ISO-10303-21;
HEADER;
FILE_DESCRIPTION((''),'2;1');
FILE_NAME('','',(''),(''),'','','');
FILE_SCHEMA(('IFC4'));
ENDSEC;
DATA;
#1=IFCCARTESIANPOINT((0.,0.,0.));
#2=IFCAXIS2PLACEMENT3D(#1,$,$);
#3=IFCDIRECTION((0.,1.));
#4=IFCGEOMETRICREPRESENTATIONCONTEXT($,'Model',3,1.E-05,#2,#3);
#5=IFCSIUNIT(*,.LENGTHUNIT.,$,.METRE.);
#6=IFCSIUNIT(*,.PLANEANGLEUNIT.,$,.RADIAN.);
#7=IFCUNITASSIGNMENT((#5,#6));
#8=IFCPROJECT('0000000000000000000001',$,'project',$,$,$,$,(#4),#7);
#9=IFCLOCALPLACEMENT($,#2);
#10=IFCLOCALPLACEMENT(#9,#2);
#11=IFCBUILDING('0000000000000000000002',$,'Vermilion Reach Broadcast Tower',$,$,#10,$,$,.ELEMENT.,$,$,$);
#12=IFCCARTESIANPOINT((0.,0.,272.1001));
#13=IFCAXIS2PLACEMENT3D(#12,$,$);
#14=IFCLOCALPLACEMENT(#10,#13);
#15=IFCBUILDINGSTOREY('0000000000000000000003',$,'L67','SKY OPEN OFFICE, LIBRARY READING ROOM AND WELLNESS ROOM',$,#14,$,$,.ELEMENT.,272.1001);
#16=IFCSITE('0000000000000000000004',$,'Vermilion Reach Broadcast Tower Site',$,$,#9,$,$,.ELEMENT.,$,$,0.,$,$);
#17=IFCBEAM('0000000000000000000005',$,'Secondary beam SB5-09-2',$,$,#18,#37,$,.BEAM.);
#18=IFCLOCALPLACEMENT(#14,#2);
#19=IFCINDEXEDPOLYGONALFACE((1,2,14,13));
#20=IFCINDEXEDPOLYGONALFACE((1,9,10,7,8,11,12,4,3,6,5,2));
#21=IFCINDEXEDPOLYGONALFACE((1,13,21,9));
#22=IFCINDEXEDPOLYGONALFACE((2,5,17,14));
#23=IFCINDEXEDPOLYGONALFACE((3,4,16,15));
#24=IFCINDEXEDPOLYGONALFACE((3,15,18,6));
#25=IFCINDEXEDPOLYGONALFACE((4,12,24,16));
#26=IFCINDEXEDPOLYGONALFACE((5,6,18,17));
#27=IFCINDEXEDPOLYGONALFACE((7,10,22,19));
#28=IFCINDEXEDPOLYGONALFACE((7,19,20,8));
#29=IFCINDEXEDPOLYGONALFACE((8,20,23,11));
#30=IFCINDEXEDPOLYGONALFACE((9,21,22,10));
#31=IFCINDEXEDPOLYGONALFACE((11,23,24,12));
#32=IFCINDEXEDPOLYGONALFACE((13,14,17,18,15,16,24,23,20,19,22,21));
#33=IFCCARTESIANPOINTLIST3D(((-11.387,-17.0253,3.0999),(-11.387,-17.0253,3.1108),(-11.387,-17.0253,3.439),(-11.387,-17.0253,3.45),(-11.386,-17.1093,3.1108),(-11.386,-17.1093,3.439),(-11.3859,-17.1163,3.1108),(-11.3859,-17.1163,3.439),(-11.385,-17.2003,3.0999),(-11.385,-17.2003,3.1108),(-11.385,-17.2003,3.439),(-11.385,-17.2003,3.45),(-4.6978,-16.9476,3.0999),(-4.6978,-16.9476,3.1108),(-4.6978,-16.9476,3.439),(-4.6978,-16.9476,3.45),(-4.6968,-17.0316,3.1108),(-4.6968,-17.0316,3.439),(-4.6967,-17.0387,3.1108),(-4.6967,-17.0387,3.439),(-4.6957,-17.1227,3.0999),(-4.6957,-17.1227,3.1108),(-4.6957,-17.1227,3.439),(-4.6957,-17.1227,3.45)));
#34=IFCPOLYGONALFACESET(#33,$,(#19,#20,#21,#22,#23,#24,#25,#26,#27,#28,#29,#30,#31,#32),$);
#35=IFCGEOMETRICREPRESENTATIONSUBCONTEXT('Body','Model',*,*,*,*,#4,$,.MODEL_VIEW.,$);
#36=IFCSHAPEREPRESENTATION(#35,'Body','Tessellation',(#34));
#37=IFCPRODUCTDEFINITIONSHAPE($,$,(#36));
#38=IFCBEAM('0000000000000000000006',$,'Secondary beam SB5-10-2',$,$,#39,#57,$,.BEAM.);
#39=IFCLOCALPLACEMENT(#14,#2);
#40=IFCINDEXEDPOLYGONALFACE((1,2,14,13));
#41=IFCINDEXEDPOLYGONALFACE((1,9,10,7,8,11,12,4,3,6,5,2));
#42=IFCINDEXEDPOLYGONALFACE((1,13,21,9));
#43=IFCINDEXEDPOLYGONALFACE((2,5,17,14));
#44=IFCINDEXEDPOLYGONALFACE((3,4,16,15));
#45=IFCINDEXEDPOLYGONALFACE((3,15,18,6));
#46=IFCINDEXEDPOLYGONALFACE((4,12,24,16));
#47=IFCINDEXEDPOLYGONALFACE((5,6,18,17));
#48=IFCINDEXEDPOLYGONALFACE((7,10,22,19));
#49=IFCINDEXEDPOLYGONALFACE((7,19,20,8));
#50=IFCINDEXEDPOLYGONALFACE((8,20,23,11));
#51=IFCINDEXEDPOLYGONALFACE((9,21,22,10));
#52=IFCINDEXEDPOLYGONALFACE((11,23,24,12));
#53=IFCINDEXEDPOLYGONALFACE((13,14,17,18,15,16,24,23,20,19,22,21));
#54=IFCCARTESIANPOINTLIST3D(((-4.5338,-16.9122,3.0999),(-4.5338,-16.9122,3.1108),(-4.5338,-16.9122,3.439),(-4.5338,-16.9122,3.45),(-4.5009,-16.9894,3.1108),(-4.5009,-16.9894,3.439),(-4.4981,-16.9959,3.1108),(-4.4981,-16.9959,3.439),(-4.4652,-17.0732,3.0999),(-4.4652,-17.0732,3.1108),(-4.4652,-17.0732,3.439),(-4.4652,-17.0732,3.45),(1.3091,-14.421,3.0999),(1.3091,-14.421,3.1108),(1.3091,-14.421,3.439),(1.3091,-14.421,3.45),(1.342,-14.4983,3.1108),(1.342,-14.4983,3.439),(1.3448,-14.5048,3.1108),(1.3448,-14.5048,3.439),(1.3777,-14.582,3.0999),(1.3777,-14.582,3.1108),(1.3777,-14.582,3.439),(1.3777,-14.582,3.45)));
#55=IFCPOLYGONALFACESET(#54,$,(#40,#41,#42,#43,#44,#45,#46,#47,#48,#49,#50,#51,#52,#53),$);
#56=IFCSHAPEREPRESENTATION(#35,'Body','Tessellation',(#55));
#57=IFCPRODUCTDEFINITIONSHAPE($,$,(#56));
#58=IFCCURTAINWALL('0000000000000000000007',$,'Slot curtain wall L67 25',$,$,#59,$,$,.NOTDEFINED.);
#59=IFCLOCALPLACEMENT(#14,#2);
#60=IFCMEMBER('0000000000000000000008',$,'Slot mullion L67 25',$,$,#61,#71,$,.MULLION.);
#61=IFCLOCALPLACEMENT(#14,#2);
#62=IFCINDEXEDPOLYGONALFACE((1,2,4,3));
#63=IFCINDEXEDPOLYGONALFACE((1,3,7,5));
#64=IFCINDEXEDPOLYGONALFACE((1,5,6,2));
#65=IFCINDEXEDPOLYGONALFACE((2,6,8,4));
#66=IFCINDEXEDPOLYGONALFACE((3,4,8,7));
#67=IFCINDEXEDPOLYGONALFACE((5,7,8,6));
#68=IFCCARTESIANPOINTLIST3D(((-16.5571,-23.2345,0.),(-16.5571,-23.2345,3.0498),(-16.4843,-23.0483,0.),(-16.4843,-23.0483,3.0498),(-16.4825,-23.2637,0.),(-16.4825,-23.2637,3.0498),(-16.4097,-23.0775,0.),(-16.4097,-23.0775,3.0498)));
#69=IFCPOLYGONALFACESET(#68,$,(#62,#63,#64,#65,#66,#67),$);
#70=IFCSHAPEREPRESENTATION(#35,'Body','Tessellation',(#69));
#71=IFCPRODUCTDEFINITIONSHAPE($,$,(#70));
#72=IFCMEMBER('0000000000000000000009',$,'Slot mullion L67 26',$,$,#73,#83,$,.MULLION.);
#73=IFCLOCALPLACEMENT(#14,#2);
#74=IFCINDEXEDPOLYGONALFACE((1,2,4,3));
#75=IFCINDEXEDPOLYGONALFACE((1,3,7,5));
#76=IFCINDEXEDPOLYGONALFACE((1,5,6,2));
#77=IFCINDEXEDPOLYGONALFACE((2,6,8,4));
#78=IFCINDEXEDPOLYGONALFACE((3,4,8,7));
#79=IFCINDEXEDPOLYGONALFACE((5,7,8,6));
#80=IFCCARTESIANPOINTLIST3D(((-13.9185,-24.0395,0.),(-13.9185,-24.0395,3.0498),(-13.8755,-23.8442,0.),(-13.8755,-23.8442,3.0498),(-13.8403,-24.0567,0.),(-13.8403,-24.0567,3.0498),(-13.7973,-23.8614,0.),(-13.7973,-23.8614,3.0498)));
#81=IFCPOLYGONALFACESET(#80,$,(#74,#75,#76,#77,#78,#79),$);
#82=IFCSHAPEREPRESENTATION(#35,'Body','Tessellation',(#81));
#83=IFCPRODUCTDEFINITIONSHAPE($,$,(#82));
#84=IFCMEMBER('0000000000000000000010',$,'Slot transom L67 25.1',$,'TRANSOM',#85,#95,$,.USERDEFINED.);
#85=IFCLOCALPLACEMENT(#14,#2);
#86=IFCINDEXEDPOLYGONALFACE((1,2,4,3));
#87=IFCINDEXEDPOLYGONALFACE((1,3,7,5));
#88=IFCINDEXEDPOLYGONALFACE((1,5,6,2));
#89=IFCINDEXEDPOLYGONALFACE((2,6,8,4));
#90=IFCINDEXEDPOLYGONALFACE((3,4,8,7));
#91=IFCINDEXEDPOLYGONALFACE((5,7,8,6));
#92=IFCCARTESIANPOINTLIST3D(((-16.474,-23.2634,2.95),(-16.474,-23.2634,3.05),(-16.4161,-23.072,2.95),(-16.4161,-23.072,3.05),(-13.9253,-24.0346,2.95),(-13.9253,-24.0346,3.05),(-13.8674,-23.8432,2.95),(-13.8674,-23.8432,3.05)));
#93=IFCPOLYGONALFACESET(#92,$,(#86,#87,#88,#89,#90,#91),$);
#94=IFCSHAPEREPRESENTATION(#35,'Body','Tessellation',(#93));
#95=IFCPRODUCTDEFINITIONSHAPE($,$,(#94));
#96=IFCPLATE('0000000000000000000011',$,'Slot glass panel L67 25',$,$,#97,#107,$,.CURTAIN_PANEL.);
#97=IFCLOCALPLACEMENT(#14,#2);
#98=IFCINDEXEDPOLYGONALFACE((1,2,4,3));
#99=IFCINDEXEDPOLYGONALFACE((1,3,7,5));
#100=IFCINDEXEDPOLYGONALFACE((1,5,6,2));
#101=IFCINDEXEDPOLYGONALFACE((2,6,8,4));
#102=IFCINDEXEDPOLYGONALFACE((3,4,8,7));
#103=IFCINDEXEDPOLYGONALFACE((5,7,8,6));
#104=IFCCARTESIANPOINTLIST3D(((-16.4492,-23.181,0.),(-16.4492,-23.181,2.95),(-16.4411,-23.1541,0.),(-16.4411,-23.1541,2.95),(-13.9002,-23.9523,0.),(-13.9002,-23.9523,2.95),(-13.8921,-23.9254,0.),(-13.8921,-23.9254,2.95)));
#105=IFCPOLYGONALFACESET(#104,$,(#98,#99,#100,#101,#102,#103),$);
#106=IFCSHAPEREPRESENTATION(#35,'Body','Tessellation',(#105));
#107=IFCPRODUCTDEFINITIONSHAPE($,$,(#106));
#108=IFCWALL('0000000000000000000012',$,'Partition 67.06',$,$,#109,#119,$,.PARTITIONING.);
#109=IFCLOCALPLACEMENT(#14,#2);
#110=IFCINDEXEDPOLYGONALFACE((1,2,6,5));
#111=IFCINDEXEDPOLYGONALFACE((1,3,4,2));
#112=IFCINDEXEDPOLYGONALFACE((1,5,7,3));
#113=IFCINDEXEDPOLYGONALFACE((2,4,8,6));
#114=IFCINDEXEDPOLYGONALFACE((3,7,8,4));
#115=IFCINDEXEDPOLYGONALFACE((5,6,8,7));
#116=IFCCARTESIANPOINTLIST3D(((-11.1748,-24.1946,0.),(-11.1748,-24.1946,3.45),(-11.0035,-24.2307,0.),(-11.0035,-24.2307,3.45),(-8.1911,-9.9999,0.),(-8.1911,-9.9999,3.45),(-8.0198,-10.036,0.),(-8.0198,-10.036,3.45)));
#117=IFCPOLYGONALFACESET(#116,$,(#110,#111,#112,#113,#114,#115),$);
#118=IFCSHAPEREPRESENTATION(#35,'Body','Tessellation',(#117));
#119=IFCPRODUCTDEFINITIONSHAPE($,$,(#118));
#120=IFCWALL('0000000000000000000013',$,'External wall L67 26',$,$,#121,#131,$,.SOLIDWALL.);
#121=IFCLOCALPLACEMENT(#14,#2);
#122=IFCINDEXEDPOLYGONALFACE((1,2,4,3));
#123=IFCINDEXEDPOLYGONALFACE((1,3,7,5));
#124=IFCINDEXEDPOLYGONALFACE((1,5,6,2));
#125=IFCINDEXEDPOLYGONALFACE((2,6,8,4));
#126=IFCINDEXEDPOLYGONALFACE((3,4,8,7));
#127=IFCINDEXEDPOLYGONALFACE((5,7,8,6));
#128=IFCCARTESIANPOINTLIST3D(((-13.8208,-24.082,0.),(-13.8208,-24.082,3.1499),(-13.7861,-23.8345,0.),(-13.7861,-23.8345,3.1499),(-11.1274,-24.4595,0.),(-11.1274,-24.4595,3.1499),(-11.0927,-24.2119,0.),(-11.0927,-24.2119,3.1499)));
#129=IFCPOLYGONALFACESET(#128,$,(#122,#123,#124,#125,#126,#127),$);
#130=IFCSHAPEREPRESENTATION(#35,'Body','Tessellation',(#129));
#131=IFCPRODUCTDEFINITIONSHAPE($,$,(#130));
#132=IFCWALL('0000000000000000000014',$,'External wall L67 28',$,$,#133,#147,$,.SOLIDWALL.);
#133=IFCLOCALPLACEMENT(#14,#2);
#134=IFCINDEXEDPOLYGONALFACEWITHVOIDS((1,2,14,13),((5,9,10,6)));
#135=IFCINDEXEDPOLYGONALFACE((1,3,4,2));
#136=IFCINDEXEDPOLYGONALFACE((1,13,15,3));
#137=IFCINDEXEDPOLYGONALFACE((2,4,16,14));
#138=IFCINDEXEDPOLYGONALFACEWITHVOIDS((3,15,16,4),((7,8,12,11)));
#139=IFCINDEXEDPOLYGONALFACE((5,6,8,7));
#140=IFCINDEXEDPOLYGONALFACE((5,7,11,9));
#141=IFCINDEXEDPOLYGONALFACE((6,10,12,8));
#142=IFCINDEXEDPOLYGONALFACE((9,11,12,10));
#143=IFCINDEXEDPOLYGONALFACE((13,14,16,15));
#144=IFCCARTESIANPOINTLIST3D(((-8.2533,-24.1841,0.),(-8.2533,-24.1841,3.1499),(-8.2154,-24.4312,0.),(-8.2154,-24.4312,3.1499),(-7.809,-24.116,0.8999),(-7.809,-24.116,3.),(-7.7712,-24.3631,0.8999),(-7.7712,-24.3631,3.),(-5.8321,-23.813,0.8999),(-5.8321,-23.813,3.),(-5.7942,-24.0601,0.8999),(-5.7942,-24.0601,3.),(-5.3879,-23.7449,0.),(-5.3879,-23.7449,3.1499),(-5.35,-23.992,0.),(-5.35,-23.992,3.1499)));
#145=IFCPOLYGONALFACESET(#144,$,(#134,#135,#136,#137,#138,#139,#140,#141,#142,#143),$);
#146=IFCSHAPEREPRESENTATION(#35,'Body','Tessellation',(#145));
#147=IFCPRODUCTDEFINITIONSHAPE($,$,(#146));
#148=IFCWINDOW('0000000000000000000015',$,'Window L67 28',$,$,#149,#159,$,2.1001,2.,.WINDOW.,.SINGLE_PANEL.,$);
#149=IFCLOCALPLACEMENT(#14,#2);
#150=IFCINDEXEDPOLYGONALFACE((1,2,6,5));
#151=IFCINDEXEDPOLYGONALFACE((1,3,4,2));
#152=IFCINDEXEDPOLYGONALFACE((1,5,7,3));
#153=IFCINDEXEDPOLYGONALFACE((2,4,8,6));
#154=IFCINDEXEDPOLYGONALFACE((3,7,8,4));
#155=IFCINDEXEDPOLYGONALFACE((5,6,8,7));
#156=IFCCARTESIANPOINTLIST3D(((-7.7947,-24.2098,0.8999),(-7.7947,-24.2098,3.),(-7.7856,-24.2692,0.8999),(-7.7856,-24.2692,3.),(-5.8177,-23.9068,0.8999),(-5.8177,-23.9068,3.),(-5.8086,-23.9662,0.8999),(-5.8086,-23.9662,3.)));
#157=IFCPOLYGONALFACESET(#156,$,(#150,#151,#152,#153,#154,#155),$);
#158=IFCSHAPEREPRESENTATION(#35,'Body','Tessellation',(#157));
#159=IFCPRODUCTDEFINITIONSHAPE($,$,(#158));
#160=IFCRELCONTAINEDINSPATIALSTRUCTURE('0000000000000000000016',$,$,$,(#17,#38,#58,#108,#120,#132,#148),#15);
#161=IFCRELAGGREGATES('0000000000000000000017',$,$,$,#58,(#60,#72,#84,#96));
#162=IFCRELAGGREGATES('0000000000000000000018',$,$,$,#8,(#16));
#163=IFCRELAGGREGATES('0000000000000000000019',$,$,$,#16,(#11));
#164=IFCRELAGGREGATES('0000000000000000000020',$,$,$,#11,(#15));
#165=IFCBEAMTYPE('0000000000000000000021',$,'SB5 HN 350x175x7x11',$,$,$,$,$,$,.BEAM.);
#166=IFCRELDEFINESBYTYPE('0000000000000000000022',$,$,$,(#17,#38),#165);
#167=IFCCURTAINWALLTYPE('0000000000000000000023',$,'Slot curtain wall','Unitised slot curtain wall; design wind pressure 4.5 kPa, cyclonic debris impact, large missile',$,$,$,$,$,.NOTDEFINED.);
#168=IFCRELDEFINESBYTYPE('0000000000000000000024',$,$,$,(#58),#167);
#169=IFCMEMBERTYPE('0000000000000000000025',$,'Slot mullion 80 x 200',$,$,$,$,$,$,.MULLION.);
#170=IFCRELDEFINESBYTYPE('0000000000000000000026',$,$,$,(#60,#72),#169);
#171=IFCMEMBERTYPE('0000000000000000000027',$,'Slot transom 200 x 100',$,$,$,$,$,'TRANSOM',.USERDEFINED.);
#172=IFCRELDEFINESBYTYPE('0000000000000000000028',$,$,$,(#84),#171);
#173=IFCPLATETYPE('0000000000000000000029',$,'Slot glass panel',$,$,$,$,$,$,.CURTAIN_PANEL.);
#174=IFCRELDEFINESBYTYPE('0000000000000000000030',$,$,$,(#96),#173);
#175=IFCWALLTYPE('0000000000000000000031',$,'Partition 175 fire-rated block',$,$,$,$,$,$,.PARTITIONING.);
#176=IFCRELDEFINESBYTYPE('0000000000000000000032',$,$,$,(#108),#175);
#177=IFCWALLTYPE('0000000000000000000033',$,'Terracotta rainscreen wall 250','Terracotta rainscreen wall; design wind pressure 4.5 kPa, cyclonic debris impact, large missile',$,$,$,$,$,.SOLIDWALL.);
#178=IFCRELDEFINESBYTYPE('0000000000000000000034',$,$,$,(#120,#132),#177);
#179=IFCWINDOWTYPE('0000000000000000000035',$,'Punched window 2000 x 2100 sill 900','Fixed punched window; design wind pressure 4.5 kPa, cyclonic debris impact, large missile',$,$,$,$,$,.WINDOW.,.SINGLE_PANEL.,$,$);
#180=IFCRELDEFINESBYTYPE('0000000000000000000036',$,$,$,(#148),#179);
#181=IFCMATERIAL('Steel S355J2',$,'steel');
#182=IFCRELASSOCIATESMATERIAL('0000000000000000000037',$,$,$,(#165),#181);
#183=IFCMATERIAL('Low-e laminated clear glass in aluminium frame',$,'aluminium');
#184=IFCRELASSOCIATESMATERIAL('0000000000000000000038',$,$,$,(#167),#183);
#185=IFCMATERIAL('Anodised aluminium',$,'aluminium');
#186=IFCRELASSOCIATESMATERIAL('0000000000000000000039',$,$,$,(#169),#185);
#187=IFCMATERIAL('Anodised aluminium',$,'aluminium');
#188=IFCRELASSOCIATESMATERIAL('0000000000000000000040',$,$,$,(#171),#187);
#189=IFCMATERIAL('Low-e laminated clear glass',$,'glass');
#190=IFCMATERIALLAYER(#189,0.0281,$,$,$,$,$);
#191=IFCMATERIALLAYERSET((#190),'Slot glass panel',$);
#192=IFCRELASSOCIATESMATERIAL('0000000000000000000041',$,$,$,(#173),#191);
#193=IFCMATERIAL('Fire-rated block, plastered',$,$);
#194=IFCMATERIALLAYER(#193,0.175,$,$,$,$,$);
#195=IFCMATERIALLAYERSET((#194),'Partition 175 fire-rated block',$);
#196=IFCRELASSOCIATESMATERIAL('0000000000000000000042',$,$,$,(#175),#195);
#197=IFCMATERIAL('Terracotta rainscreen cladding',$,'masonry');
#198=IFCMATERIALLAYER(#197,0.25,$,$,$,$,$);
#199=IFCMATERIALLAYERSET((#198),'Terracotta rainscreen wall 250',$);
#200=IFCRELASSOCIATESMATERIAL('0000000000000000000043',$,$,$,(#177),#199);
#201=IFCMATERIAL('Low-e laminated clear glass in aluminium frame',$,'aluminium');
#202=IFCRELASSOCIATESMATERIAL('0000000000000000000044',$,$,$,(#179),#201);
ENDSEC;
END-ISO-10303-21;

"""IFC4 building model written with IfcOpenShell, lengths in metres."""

from ifc_helpers import new_model, si_unit, direction, frame, frame_2d, origin, origin_2d, place, context, subcontext, project, spatial, rectangle, i_section, extrude, material, layer, layer_set, material_profile, profile_set, type_object, element, fill, aggregate, save


model = new_model("IFC4")

# Units and contexts
model_context = context("Model", 3, precision=1e-05, world=origin(), true_north=direction((0.0, 1.0)))
body_context = subcontext(model_context, "Body", "Model", "MODEL_VIEW")
ifc_project = project(units=[si_unit("LENGTHUNIT", "METRE"), si_unit("PLANEANGLEUNIT", "RADIAN")], contexts=[model_context])

# Site, building, storey
site_placement = place(None, origin())
site = spatial("IfcSite", under=ifc_project, at=site_placement, Name="Vermilion Reach Broadcast Tower Site", CompositionType="ELEMENT", RefElevation=0.0)
building_placement = place(site_placement, origin())
building = spatial("IfcBuilding", under=site, at=building_placement, Name="Vermilion Reach Broadcast Tower", CompositionType="ELEMENT")
storey_placement = place(building_placement, frame((0.0, 0.0, 272.1001)))
storey = spatial("IfcBuildingStorey", under=building, at=storey_placement, Name="L67", Description="SKY OPEN OFFICE, LIBRARY READING ROOM AND WELLNESS ROOM", CompositionType="ELEMENT", Elevation=272.1001)

# Beams
ifc_material_1 = material(Name="Steel S355J2", Category="steel")
ifc_material_profile_1 = material_profile(ifc_material_1, i_section(OverallWidth=0.175, OverallDepth=0.3501, WebThickness=0.0071, FlangeThickness=0.011, at=origin_2d()), Name="S355J2 HN 350x175x7x11")
ifc_profile_set_1 = profile_set([ifc_material_profile_1], Name="Steel S355J2")
beam_type_1 = type_object("IfcBeamType", Name="SB5 HN 350x175x7x11", PredefinedType="BEAM", material=ifc_profile_set_1)
beam_1_placement = place(storey_placement, frame((-11.386, -17.1128, 3.2749), z_axis=(0.999933, 0.011605, 0.0), x_axis=(-0.011605, 0.999933, 0.0)))
element("IfcBeam", 1, at=beam_1_placement, inside=storey, type_object=beam_type_1, Name="Secondary beam SB5-09-2", PredefinedType="BEAM", context=body_context, shape_type="SweptSolid", body=[
    extrude(i_section(OverallWidth=0.175, OverallDepth=0.3501, WebThickness=0.0071, FlangeThickness=0.011, at=origin_2d()), origin(), (0.0, 0.0, 1.0), 6.6897),
])
beam_2_placement = place(storey_placement, frame((-4.4995, -16.9927, 3.2749), z_axis=(0.919881, 0.392198, 0.0), x_axis=(-0.392198, 0.919881, 0.0)))
element("IfcBeam", 2, at=beam_2_placement, inside=storey, type_object=beam_type_1, Name="Secondary beam SB5-10-2", PredefinedType="BEAM", context=body_context, shape_type="SweptSolid", body=[
    extrude(i_section(OverallWidth=0.175, OverallDepth=0.3501, WebThickness=0.0071, FlangeThickness=0.011, at=origin_2d()), origin(), (0.0, 0.0, 1.0), 6.3518),
])

# Curtain wall, members, plate
ifc_material_2 = material(Name="Low-e laminated clear glass in aluminium frame", Category="aluminium")
curtain_wall_type = type_object("IfcCurtainWallType", Name="Slot curtain wall", Description="Unitised slot curtain wall; design wind pressure 4.5 kPa, cyclonic debris impact, large missile", PredefinedType="NOTDEFINED", material=ifc_material_2)
curtain_wall_placement = place(storey_placement, origin())
curtain_wall = element("IfcCurtainWall", 3, at=curtain_wall_placement, inside=storey, type_object=curtain_wall_type, Name="Slot curtain wall L67 25", PredefinedType="NOTDEFINED")
ifc_material_3 = material(Name="Anodised aluminium", Category="aluminium")
ifc_material_profile_2 = material_profile(ifc_material_3, rectangle(XDim=0.2, YDim=0.0801, at=origin_2d()), Name="Slot mullion 80 x 200")
ifc_profile_set_2 = profile_set([ifc_material_profile_2], Name="Anodised aluminium")
member_type_1 = type_object("IfcMemberType", Name="Slot mullion 80 x 200", PredefinedType="MULLION", material=ifc_profile_set_2)
member_1_placement = place(storey_placement, frame((-16.4834, -23.156, 0.0), z_axis=(0.0, 0.0, 1.0), x_axis=(0.364407, 0.93124, 0.0)))
member_1 = element("IfcMember", 4, at=member_1_placement, type_object=member_type_1, Name="Slot mullion L67 25", PredefinedType="MULLION", context=body_context, shape_type="SweptSolid", body=[
    extrude(rectangle(XDim=0.2, YDim=0.0801, at=origin_2d()), origin(), (0.0, 0.0, 1.0), 3.0498),
])
member_2_placement = place(storey_placement, frame((-13.8579, -23.9504, 0.0), z_axis=(0.0, 0.0, 1.0), x_axis=(0.214846, 0.976648, 0.0)))
member_2 = element("IfcMember", 5, at=member_2_placement, type_object=member_type_1, Name="Slot mullion L67 26", PredefinedType="MULLION", context=body_context, shape_type="SweptSolid", body=[
    extrude(rectangle(XDim=0.2, YDim=0.0801, at=origin_2d()), origin(), (0.0, 0.0, 1.0), 3.0498),
])
ifc_material_4 = material(Name="Anodised aluminium", Category="aluminium")
ifc_material_profile_3 = material_profile(ifc_material_4, rectangle(XDim=0.2, YDim=0.1001, at=origin_2d()), Name="Slot transom 200 x 100")
ifc_profile_set_3 = profile_set([ifc_material_profile_3], Name="Anodised aluminium")
member_type_2 = type_object("IfcMemberType", Name="Slot transom 200 x 100", ElementType="TRANSOM", PredefinedType="USERDEFINED", material=ifc_profile_set_3)
member_3_placement = place(storey_placement, frame((-16.4451, -23.1677, 3.0), z_axis=(0.957142, -0.289618, 0.0), x_axis=(0.289618, 0.957142, 0.0)))
member_3 = element("IfcMember", 6, at=member_3_placement, type_object=member_type_2, Name="Slot transom L67 25.1", ObjectType="TRANSOM", PredefinedType="USERDEFINED", context=body_context, shape_type="SweptSolid", body=[
    extrude(rectangle(XDim=0.2, YDim=0.1001, at=origin_2d()), origin(), (0.0, 0.0, 1.0), 2.6628),
])
ifc_material_5 = material(Name="Low-e laminated clear glass", Category="glass")
ifc_layer_1 = layer(ifc_material_5, 0.0281)
ifc_layer_set_1 = layer_set([ifc_layer_1], Name="Slot glass panel")
plate_type = type_object("IfcPlateType", Name="Slot glass panel", PredefinedType="CURTAIN_PANEL", material=ifc_layer_set_1)
plate_placement = place(storey_placement, frame((-15.1707, -23.5532, 0.0), z_axis=(0.0, 0.0, 1.0), x_axis=(0.957141, -0.289623, 0.0)))
plate = element("IfcPlate", 7, at=plate_placement, type_object=plate_type, Name="Slot glass panel L67 25", PredefinedType="CURTAIN_PANEL", context=body_context, shape_type="SweptSolid", body=[
    extrude(rectangle(XDim=2.6631, YDim=0.0281, at=origin_2d()), origin(), (0.0, 0.0, 1.0), 2.95),
])
aggregate(curtain_wall, [member_1, member_2, member_3, plate])

# Walls
ifc_material_6 = material(Name="Fire-rated block, plastered")
ifc_layer_2 = layer(ifc_material_6, 0.175)
ifc_layer_set_2 = layer_set([ifc_layer_2], Name="Partition 175 fire-rated block")
wall_type_1 = type_object("IfcWallType", Name="Partition 175 fire-rated block", PredefinedType="PARTITIONING", material=ifc_layer_set_2)
wall_1_placement = place(storey_placement, frame((-11.0891, -24.2126, 0.0), z_axis=(0.0, 0.0, 1.0), x_axis=(0.205701, 0.978615, 0.0)))
element("IfcWall", 8, at=wall_1_placement, inside=storey, type_object=wall_type_1, Name="Partition 67.06", PredefinedType="PARTITIONING", context=body_context, shape_type="SweptSolid", body=[
    extrude(rectangle(XDim=14.5049, YDim=0.175, at=frame_2d((7.2524, 0.0))), origin(), (0.0, 0.0, 1.0), 3.45),
])
ifc_material_7 = material(Name="Terracotta rainscreen cladding", Category="masonry")
ifc_layer_3 = layer(ifc_material_7, 0.25)
ifc_layer_set_3 = layer_set([ifc_layer_3], Name="Terracotta rainscreen wall 250")
wall_type_2 = type_object("IfcWallType", Name="Terracotta rainscreen wall 250", Description="Terracotta rainscreen wall; design wind pressure 4.5 kPa, cyclonic debris impact, large missile", PredefinedType="SOLIDWALL", material=ifc_layer_set_3)
wall_2_placement = place(storey_placement, frame((-13.8035, -23.9583, 0.0), z_axis=(0.0, 0.0, 1.0), x_axis=(0.990323, -0.138782, 0.0)))
element("IfcWall", 9, at=wall_2_placement, inside=storey, type_object=wall_type_2, Name="External wall L67 26", PredefinedType="SOLIDWALL", context=body_context, shape_type="SweptSolid", body=[
    extrude(rectangle(XDim=2.7197, YDim=0.25, at=frame_2d((1.3599, 0.0))), origin(), (0.0, 0.0, 1.0), 3.1499),
])

# Wall, opening, window
wall_3_placement = place(storey_placement, frame((-8.2344, -24.3076, 0.0), z_axis=(0.0, 0.0, 1.0), x_axis=(0.988456, 0.151507, 0.0)))
wall_3 = element("IfcWall", 10, at=wall_3_placement, inside=storey, type_object=wall_type_2, Name="External wall L67 28", PredefinedType="SOLIDWALL", context=body_context, shape_type="SweptSolid", body=[
    extrude(rectangle(XDim=2.8989, YDim=0.25, at=frame_2d((1.4495, 0.0))), origin(), (0.0, 0.0, 1.0), 3.1499),
])
opening_1_placement = place(wall_3_placement, frame((0.4495, 0.0, 0.8999)))
opening_1 = element("IfcOpeningElement", 11, at=opening_1_placement, cuts=wall_3, PredefinedType="OPENING", context=body_context, shape_type="SweptSolid", body=[
    extrude(rectangle(XDim=2.0, YDim=2.1001, at=frame_2d((1.0, 1.05))), frame((0.0, 0.135, 0.0), z_axis=(0.0, -1.0, 0.0), x_axis=(1.0, 0.0, 0.0)), (0.0, 0.0, 1.0), 0.27),
])
ifc_material_8 = material(Name="Low-e laminated clear glass in aluminium frame", Category="aluminium")
window_type = type_object("IfcWindowType", Name="Punched window 2000 x 2100 sill 900", Description="Fixed punched window; design wind pressure 4.5 kPa, cyclonic debris impact, large missile", PartitioningType="SINGLE_PANEL", PredefinedType="WINDOW", material=ifc_material_8)
window_1_placement = place(opening_1_placement, origin())
window_1 = element("IfcWindow", 12, at=window_1_placement, inside=storey, type_object=window_type, Name="Window L67 28", OverallHeight=2.1001, OverallWidth=2.0, PartitioningType="SINGLE_PANEL", PredefinedType="WINDOW", context=body_context, shape_type="SweptSolid", body=[
    extrude(rectangle(XDim=2.0, YDim=2.1001, at=frame_2d((1.0, 1.05))), frame((0.0, 0.03, 0.0), z_axis=(0.0, -1.0, 0.0), x_axis=(1.0, 0.0, 0.0)), (0.0, 0.0, 1.0), 0.0601),
])
fill(opening_1, window_1)

save(model, "model.ifc")
